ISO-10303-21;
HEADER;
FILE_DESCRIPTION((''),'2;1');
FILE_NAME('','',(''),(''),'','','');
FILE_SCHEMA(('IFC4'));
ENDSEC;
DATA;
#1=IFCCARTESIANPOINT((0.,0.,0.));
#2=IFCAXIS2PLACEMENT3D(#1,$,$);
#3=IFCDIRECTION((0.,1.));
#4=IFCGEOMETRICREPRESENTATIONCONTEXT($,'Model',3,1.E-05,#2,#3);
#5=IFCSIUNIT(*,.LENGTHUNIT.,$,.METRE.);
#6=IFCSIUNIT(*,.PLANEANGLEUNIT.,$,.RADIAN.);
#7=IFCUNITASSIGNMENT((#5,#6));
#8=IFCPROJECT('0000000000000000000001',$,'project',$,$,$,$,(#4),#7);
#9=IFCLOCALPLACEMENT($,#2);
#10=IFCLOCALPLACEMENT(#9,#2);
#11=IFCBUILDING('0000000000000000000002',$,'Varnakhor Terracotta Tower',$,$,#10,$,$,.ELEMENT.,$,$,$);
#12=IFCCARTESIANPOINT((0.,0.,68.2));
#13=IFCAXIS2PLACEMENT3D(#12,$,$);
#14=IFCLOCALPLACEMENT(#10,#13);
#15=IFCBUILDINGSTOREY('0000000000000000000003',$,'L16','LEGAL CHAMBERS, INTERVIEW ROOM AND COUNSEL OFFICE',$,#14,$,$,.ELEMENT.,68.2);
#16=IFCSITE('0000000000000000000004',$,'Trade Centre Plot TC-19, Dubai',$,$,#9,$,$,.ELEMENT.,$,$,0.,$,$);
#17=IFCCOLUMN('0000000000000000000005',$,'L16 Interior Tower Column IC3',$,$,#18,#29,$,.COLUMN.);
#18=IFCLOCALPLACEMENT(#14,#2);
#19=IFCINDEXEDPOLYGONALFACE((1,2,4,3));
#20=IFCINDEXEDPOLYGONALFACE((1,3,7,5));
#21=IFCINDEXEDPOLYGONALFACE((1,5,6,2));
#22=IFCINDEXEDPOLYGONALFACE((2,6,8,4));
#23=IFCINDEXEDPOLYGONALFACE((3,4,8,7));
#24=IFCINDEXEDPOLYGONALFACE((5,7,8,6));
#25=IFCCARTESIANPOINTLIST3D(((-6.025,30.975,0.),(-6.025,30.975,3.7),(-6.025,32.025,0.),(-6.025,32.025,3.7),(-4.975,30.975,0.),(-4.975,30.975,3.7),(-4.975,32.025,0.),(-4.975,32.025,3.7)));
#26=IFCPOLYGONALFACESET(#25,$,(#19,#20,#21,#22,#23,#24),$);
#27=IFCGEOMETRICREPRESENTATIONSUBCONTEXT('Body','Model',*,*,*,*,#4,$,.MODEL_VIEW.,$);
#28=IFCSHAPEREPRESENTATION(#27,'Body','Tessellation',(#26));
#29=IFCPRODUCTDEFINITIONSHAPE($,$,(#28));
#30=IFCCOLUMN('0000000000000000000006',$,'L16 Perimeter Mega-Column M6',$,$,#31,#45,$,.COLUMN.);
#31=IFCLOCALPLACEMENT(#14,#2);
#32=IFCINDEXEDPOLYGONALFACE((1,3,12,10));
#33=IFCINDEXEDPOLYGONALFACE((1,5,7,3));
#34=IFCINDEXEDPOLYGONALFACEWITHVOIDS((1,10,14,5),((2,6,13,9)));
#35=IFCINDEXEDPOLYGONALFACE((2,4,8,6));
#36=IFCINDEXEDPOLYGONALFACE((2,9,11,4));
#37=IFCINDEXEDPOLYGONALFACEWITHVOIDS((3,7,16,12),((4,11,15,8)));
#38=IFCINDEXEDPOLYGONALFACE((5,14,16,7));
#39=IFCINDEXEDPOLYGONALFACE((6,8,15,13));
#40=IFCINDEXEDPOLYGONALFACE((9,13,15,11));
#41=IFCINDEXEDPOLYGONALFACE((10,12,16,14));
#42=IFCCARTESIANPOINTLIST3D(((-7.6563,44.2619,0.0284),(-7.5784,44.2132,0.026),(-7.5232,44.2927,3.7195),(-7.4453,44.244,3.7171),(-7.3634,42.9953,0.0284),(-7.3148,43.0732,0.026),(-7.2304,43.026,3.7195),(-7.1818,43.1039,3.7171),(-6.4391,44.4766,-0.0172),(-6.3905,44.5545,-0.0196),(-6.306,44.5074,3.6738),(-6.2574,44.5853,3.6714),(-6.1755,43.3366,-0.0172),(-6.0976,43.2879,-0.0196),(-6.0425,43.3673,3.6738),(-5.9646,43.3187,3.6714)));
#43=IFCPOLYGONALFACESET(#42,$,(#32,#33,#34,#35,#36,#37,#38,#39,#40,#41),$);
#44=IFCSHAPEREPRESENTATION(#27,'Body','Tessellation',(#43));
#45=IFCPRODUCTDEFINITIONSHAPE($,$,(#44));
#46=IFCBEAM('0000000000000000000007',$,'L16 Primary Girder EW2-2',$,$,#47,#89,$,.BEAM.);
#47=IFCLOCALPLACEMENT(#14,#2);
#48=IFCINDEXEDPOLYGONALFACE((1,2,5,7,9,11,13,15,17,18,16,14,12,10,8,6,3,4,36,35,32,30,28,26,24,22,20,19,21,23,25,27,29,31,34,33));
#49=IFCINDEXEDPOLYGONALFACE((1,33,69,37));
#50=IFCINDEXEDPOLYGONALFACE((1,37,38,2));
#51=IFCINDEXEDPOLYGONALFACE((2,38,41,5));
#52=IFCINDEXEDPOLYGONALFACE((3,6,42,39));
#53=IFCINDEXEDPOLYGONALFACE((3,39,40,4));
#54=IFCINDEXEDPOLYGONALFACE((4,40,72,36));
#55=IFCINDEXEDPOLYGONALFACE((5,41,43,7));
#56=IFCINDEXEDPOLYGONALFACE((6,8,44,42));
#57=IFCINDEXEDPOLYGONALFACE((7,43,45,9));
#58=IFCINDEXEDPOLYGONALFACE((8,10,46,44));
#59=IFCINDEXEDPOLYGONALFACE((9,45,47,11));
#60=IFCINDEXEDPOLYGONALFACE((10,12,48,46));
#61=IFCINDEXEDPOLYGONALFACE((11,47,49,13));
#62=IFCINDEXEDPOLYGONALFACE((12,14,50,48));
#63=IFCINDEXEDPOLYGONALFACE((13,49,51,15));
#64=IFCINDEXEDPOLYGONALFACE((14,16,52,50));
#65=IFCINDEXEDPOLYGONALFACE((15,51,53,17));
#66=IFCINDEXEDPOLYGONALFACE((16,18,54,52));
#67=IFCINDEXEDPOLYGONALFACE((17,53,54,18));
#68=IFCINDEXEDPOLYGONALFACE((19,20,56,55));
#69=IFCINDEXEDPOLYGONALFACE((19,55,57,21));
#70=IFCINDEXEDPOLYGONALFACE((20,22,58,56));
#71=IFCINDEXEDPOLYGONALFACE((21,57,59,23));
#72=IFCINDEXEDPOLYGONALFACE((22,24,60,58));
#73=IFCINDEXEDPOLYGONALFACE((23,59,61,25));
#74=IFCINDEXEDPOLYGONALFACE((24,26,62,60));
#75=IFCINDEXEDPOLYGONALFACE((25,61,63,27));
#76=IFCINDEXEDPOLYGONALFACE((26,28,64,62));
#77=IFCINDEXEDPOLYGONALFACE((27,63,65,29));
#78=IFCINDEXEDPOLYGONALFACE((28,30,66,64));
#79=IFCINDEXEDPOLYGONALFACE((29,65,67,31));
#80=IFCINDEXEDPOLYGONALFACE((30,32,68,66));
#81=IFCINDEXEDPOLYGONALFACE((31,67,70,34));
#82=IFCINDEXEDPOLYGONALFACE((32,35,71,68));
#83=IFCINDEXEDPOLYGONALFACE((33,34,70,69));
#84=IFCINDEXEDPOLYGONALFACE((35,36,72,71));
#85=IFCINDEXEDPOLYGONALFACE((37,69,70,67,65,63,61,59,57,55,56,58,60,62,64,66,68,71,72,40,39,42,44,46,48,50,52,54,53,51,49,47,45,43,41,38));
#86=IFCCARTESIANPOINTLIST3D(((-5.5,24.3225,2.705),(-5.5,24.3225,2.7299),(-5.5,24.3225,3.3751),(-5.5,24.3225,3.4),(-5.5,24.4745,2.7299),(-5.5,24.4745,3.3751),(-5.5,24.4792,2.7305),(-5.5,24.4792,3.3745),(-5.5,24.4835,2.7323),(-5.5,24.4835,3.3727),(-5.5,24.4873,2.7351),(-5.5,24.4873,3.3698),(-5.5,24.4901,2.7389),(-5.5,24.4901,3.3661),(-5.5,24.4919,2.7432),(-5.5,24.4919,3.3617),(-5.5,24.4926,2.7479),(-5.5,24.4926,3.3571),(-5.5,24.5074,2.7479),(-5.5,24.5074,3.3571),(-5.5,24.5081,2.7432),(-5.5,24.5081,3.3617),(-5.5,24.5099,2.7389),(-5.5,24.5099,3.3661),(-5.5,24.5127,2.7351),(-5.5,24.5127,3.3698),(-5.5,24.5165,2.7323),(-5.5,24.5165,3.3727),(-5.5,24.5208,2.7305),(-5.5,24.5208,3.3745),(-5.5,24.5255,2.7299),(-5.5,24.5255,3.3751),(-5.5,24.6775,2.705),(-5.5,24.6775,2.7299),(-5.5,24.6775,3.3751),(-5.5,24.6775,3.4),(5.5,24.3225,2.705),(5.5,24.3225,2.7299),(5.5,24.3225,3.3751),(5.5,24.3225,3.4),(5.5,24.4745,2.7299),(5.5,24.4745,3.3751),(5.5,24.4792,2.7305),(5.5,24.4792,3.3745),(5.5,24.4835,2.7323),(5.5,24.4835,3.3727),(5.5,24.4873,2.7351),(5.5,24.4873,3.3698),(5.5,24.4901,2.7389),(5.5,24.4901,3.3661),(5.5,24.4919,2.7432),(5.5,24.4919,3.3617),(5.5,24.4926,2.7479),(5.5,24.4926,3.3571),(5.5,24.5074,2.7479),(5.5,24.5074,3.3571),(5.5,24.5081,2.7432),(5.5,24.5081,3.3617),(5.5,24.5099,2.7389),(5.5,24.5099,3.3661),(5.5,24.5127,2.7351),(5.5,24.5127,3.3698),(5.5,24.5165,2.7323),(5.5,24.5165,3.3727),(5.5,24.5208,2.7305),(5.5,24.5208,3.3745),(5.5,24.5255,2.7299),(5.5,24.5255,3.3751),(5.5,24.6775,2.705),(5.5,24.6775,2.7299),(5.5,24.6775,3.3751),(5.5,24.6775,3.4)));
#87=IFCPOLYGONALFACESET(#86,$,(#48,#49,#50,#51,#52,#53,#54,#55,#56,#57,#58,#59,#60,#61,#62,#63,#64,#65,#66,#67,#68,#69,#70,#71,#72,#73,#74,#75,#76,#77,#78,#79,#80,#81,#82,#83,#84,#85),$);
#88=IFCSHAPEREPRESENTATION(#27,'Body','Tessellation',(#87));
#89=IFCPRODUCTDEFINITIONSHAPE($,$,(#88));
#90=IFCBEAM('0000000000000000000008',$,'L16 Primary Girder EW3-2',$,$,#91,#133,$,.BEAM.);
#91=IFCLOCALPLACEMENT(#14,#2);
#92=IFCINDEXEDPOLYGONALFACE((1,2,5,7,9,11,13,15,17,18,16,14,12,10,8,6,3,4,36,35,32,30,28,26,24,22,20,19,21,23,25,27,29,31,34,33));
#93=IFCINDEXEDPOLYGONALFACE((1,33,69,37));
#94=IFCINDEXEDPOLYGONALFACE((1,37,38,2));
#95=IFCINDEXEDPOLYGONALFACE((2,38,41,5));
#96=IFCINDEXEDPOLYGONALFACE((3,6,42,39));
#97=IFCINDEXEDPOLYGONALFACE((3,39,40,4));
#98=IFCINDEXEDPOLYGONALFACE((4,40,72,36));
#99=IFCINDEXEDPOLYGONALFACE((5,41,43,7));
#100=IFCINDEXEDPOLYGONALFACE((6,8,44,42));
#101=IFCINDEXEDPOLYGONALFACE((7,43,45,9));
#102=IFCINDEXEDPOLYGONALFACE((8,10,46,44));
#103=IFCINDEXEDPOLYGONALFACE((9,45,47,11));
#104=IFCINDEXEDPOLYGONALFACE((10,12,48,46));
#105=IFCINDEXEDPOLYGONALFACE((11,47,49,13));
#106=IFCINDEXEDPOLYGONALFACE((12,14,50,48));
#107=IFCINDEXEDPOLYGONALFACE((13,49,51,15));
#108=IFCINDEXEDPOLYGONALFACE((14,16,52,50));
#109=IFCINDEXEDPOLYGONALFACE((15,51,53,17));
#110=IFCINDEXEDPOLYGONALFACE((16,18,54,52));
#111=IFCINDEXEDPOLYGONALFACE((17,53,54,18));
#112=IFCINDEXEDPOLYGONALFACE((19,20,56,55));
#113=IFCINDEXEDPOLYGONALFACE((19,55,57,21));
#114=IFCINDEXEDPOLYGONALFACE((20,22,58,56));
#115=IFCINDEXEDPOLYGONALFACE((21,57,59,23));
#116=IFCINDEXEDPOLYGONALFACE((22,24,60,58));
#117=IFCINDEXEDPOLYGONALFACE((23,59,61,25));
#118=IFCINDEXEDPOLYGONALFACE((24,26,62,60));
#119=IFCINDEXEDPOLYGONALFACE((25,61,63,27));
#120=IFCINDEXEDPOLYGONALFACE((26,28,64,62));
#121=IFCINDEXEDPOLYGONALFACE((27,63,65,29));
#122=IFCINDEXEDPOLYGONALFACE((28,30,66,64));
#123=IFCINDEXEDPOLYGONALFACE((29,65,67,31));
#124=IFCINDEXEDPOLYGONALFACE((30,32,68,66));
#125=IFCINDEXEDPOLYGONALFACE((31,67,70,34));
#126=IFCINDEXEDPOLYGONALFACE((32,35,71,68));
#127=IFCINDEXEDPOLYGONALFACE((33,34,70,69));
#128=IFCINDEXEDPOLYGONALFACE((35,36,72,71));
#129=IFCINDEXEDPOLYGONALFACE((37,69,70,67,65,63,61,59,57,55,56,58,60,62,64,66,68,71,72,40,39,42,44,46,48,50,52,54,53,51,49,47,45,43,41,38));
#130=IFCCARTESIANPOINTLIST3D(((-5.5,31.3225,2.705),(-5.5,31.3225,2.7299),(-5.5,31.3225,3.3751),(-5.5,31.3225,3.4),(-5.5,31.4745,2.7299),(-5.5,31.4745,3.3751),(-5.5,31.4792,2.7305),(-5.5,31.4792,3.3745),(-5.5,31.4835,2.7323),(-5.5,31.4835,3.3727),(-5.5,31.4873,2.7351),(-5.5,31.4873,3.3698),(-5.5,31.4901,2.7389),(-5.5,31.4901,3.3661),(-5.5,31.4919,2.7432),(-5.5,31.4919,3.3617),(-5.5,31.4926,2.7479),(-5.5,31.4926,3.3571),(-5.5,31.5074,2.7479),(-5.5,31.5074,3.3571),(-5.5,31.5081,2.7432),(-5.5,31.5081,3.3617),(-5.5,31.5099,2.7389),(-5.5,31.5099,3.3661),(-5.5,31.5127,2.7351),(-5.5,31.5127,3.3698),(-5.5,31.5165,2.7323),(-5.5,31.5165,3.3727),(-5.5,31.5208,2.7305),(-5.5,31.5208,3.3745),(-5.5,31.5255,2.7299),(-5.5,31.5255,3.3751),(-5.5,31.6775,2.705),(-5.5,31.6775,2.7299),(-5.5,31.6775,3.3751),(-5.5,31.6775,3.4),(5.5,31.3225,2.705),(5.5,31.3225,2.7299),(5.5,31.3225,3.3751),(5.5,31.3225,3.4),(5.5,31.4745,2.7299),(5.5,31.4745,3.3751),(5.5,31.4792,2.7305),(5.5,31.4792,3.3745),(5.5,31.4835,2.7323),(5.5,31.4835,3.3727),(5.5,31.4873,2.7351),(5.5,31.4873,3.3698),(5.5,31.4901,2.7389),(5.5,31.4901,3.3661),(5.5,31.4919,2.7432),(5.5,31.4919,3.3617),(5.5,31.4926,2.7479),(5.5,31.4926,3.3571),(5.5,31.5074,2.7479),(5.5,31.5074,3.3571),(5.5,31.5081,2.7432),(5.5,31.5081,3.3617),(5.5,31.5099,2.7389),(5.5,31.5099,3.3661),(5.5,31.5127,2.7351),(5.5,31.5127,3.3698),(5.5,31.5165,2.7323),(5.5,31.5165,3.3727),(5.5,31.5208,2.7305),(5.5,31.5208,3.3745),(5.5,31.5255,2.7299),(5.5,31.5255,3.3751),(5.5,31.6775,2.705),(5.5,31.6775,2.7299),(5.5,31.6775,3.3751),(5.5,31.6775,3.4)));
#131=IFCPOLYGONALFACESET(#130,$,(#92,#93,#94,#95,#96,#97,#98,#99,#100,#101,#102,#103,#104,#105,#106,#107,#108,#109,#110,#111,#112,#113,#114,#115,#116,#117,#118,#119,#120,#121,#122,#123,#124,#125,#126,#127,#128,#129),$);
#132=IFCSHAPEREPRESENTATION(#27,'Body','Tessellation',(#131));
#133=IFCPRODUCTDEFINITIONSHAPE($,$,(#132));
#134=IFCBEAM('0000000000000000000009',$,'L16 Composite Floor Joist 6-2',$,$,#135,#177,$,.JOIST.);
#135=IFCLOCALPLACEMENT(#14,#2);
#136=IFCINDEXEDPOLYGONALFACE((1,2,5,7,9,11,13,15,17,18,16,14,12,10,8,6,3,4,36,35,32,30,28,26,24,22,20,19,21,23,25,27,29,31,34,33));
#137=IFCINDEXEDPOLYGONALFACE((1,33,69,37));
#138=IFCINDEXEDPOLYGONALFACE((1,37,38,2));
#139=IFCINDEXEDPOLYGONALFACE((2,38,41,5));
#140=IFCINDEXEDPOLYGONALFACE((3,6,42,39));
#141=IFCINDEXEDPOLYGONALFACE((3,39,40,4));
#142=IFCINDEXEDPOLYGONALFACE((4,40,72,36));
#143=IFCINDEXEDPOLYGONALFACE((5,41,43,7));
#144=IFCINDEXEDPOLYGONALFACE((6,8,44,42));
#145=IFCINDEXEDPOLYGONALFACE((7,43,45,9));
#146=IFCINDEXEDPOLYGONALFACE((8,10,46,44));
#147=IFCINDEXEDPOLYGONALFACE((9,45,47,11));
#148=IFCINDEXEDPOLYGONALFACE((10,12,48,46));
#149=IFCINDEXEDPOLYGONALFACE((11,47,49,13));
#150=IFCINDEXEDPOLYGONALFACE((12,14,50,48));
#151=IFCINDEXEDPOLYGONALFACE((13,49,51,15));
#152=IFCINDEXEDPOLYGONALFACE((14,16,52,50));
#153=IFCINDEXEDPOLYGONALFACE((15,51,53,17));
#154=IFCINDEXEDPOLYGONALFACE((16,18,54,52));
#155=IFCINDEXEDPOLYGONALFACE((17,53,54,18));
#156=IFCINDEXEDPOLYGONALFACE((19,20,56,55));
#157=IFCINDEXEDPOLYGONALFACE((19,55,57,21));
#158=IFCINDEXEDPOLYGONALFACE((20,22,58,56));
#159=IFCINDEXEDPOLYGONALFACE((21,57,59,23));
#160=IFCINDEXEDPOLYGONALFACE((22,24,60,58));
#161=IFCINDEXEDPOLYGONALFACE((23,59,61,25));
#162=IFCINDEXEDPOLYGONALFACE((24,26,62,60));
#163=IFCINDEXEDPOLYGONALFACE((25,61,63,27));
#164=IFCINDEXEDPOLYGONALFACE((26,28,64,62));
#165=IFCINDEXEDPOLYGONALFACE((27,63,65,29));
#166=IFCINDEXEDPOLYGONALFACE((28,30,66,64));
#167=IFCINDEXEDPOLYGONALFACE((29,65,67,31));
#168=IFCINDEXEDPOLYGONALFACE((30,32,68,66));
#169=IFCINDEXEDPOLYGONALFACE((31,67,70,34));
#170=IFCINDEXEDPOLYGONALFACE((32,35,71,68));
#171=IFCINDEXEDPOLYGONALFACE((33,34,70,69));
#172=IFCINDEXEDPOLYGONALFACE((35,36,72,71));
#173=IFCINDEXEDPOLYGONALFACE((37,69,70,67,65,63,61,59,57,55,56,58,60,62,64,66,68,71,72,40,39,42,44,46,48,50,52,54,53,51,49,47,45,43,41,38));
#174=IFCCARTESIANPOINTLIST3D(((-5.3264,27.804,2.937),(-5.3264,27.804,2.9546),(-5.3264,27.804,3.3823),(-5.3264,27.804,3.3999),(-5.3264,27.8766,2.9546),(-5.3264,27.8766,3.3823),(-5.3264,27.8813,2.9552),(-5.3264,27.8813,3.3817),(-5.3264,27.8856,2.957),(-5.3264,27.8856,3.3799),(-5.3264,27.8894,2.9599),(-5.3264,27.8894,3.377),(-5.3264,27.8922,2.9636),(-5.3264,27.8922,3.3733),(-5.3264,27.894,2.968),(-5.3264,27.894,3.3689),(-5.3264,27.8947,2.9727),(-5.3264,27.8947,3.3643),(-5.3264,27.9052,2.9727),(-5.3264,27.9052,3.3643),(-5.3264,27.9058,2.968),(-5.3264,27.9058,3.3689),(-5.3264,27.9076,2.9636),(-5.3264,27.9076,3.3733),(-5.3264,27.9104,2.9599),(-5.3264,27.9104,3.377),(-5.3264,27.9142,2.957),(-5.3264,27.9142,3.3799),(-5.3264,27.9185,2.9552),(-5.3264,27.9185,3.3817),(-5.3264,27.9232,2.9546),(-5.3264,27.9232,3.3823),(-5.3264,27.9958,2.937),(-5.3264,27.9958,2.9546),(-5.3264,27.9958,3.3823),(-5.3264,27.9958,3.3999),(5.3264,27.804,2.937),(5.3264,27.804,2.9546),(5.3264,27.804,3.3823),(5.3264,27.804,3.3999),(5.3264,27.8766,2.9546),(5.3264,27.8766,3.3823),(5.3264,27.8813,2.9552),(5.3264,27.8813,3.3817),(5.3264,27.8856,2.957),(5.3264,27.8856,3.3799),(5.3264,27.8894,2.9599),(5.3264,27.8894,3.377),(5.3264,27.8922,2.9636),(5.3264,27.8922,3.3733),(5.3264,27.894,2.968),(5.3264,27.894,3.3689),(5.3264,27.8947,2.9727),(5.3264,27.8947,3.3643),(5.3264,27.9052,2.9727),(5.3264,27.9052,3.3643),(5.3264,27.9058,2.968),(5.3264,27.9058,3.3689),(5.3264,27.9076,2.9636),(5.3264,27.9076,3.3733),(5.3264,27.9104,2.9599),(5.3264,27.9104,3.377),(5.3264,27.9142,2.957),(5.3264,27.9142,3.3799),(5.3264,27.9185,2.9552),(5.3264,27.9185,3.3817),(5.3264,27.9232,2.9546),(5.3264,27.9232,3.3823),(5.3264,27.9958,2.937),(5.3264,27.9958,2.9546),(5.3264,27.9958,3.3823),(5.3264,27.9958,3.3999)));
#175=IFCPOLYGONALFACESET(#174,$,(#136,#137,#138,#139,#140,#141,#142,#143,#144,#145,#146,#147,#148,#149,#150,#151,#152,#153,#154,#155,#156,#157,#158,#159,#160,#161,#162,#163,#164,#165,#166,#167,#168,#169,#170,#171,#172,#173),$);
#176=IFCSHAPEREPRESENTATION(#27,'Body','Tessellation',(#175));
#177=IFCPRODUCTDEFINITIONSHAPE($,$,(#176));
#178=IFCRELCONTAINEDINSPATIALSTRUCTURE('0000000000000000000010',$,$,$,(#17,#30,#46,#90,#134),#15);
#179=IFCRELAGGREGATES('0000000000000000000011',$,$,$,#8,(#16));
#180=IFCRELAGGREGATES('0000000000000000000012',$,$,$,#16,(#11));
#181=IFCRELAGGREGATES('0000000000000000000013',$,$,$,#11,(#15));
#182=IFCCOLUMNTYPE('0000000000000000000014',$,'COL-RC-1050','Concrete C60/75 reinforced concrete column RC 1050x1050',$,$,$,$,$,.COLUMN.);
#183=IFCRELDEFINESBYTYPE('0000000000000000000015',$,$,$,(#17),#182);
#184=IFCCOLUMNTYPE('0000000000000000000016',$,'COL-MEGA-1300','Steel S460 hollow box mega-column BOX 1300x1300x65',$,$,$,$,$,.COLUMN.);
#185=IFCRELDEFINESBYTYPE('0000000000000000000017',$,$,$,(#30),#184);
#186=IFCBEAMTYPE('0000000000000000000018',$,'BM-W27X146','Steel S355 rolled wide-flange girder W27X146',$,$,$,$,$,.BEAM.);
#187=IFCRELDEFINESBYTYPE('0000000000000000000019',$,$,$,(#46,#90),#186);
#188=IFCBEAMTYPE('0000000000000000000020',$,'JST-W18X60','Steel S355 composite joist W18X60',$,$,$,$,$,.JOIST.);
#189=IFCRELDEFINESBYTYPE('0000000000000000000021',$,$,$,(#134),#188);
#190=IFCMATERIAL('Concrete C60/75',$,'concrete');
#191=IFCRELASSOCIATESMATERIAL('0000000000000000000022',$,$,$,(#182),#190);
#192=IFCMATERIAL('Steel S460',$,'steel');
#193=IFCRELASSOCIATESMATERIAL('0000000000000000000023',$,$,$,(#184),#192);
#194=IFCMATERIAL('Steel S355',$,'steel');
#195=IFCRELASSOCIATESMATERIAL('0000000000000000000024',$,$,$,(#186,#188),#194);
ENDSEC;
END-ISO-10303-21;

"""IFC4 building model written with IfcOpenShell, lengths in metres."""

from ifc_helpers import new_model, si_unit, direction, frame, origin, origin_2d, place, context, subcontext, project, spatial, rectangle, hollow_rectangle, i_section, extrude, source, transform, mapped, material, material_profile, profile_set, type_object, element, save


model = new_model("IFC4")

# Units and contexts
model_context = context("Model", 3, precision=1e-05, world=origin(), true_north=direction((0.0, 1.0)))
body_context = subcontext(model_context, "Body", "Model", "MODEL_VIEW")
ifc_project = project(units=[si_unit("LENGTHUNIT", "METRE"), si_unit("PLANEANGLEUNIT", "RADIAN")], contexts=[model_context])

# Site, building, storey
site_placement = place(None, origin())
site = spatial("IfcSite", under=ifc_project, at=site_placement, Name="Trade Centre Plot TC-19, Dubai", CompositionType="ELEMENT", RefElevation=0.0)
building_placement = place(site_placement, origin())
building = spatial("IfcBuilding", under=site, at=building_placement, Name="Varnakhor Terracotta Tower", CompositionType="ELEMENT")
storey_placement = place(building_placement, frame((0.0, 0.0, 68.2)))
storey = spatial("IfcBuildingStorey", under=building, at=storey_placement, Name="L16", Description="LEGAL CHAMBERS, INTERVIEW ROOM AND COUNSEL OFFICE", CompositionType="ELEMENT", Elevation=68.2)

# Columns
ifc_material_1 = material(Name="Concrete C60/75", Category="concrete")
ifc_material_profile_1 = material_profile(ifc_material_1, rectangle(XDim=1.05, YDim=1.05, at=origin_2d()), Name="RC 1050x1050")
ifc_profile_set_1 = profile_set([ifc_material_profile_1], Name="Concrete C60/75")
column_type_1 = type_object("IfcColumnType", Name="COL-RC-1050", Description="Concrete C60/75 reinforced concrete column RC 1050x1050", PredefinedType="COLUMN", material=ifc_profile_set_1)
shared_shape_1 = source(origin(), body_context, "Body", "SweptSolid", [
    extrude(rectangle(XDim=1.05, YDim=1.05, at=origin_2d()), origin(), (0.0, 0.0, 1.0), 3.7),
])
column_1_placement = place(storey_placement, frame((-5.5, 31.5, 0.0), z_axis=(0.0, 0.0, 1.0), x_axis=(1.0, 0.0, 0.0)))
element("IfcColumn", 1, at=column_1_placement, inside=storey, type_object=column_type_1, Name="L16 Interior Tower Column IC3", PredefinedType="COLUMN", context=body_context, shape_type="MappedRepresentation", body=[
    mapped(shared_shape_1, transform((0.0, 0.0, 0.0), scale=1.0)),
])
ifc_material_2 = material(Name="Steel S460", Category="steel")
ifc_material_profile_2 = material_profile(ifc_material_2, hollow_rectangle(XDim=1.3, YDim=1.3, WallThickness=0.0649, at=origin_2d()), Name="BOX 1300x1300x65")
ifc_profile_set_2 = profile_set([ifc_material_profile_2], Name="Steel S460")
column_type_2 = type_object("IfcColumnType", Name="COL-MEGA-1300", Description="Steel S460 hollow box mega-column BOX 1300x1300x65", PredefinedType="COLUMN", material=ifc_profile_set_2)
shared_shape_2 = source(origin(), body_context, "Body", "SweptSolid", [
    extrude(hollow_rectangle(XDim=1.3, YDim=1.3, WallThickness=0.0649, at=origin_2d()), origin(), (0.0, 0.0, 1.0), 3.6936),
])
column_2_placement = place(storey_placement, frame((-6.877, 43.7749, 0.0044), z_axis=(0.036023, 0.008328, 0.999316), x_axis=(-0.225251, 0.974301, 0.0)))
element("IfcColumn", 2, at=column_2_placement, inside=storey, type_object=column_type_2, Name="L16 Perimeter Mega-Column M6", PredefinedType="COLUMN", context=body_context, shape_type="MappedRepresentation", body=[
    mapped(shared_shape_2, transform((0.0, 0.0, 0.0), scale=1.0)),
])

# Beams
ifc_material_3 = material(Name="Steel S355", Category="steel")
ifc_material_profile_3 = material_profile(ifc_material_3, i_section(OverallWidth=0.355, OverallDepth=0.6951, WebThickness=0.0149, FlangeThickness=0.0249, FilletRadius=0.0181, at=origin_2d()), Name="W27X146")
ifc_profile_set_3 = profile_set([ifc_material_profile_3], Name="Steel S355")
beam_type_1 = type_object("IfcBeamType", Name="BM-W27X146", Description="Steel S355 rolled wide-flange girder W27X146", PredefinedType="BEAM", material=ifc_profile_set_3)
shared_shape_3 = source(origin(), body_context, "Body", "SweptSolid", [
    extrude(i_section(OverallWidth=0.355, OverallDepth=0.6951, WebThickness=0.0149, FlangeThickness=0.0249, FilletRadius=0.0181, at=origin_2d()), origin(), (0.0, 0.0, 1.0), 11.0),
])
for number, where, z_axis, x_axis, name in (
    (3, (-5.5, 24.5, 3.0525), (1.0, 0.0, 0.0), (0.0, 1.0, 0.0), "L16 Primary Girder EW2-2"),
    (4, (-5.5, 31.5, 3.0525), (1.0, 0.0, 0.0), (0.0, 1.0, 0.0), "L16 Primary Girder EW3-2"),
):
    element("IfcBeam", number, at=place(storey_placement, frame(where, z_axis=z_axis, x_axis=x_axis)), inside=storey, type_object=beam_type_1, Name=name, PredefinedType="BEAM", context=body_context, shape_type="MappedRepresentation", body=[
        mapped(shared_shape_3, transform((0.0, 0.0, 0.0), scale=1.0)),
    ])
ifc_material_profile_4 = material_profile(ifc_material_3, i_section(OverallWidth=0.1919, OverallDepth=0.4629, WebThickness=0.0105, FlangeThickness=0.0176, FilletRadius=0.0181, at=origin_2d()), Name="W18X60")
ifc_profile_set_4 = profile_set([ifc_material_profile_4], Name="Steel S355")
beam_type_2 = type_object("IfcBeamType", Name="JST-W18X60", Description="Steel S355 composite joist W18X60", PredefinedType="JOIST", material=ifc_profile_set_4)
shared_shape_4 = source(origin(), body_context, "Body", "SweptSolid", [
    extrude(i_section(OverallWidth=0.1919, OverallDepth=0.4629, WebThickness=0.0105, FlangeThickness=0.0176, FilletRadius=0.0181, at=origin_2d()), origin(), (0.0, 0.0, 1.0), 10.6528),
])
for number, where, z_axis, x_axis, name in (
    (5, (-5.3264, 27.8999, 3.1685), (1.0, 0.0, 0.0), (0.0, 1.0, 0.0), "L16 Composite Floor Joist 6-2"),
):
    element("IfcBeam", number, at=place(storey_placement, frame(where, z_axis=z_axis, x_axis=x_axis)), inside=storey, type_object=beam_type_2, Name=name, PredefinedType="JOIST", context=body_context, shape_type="MappedRepresentation", body=[
        mapped(shared_shape_4, transform((0.0, 0.0, 0.0), scale=1.0)),
    ])

save(model, "model.ifc")
